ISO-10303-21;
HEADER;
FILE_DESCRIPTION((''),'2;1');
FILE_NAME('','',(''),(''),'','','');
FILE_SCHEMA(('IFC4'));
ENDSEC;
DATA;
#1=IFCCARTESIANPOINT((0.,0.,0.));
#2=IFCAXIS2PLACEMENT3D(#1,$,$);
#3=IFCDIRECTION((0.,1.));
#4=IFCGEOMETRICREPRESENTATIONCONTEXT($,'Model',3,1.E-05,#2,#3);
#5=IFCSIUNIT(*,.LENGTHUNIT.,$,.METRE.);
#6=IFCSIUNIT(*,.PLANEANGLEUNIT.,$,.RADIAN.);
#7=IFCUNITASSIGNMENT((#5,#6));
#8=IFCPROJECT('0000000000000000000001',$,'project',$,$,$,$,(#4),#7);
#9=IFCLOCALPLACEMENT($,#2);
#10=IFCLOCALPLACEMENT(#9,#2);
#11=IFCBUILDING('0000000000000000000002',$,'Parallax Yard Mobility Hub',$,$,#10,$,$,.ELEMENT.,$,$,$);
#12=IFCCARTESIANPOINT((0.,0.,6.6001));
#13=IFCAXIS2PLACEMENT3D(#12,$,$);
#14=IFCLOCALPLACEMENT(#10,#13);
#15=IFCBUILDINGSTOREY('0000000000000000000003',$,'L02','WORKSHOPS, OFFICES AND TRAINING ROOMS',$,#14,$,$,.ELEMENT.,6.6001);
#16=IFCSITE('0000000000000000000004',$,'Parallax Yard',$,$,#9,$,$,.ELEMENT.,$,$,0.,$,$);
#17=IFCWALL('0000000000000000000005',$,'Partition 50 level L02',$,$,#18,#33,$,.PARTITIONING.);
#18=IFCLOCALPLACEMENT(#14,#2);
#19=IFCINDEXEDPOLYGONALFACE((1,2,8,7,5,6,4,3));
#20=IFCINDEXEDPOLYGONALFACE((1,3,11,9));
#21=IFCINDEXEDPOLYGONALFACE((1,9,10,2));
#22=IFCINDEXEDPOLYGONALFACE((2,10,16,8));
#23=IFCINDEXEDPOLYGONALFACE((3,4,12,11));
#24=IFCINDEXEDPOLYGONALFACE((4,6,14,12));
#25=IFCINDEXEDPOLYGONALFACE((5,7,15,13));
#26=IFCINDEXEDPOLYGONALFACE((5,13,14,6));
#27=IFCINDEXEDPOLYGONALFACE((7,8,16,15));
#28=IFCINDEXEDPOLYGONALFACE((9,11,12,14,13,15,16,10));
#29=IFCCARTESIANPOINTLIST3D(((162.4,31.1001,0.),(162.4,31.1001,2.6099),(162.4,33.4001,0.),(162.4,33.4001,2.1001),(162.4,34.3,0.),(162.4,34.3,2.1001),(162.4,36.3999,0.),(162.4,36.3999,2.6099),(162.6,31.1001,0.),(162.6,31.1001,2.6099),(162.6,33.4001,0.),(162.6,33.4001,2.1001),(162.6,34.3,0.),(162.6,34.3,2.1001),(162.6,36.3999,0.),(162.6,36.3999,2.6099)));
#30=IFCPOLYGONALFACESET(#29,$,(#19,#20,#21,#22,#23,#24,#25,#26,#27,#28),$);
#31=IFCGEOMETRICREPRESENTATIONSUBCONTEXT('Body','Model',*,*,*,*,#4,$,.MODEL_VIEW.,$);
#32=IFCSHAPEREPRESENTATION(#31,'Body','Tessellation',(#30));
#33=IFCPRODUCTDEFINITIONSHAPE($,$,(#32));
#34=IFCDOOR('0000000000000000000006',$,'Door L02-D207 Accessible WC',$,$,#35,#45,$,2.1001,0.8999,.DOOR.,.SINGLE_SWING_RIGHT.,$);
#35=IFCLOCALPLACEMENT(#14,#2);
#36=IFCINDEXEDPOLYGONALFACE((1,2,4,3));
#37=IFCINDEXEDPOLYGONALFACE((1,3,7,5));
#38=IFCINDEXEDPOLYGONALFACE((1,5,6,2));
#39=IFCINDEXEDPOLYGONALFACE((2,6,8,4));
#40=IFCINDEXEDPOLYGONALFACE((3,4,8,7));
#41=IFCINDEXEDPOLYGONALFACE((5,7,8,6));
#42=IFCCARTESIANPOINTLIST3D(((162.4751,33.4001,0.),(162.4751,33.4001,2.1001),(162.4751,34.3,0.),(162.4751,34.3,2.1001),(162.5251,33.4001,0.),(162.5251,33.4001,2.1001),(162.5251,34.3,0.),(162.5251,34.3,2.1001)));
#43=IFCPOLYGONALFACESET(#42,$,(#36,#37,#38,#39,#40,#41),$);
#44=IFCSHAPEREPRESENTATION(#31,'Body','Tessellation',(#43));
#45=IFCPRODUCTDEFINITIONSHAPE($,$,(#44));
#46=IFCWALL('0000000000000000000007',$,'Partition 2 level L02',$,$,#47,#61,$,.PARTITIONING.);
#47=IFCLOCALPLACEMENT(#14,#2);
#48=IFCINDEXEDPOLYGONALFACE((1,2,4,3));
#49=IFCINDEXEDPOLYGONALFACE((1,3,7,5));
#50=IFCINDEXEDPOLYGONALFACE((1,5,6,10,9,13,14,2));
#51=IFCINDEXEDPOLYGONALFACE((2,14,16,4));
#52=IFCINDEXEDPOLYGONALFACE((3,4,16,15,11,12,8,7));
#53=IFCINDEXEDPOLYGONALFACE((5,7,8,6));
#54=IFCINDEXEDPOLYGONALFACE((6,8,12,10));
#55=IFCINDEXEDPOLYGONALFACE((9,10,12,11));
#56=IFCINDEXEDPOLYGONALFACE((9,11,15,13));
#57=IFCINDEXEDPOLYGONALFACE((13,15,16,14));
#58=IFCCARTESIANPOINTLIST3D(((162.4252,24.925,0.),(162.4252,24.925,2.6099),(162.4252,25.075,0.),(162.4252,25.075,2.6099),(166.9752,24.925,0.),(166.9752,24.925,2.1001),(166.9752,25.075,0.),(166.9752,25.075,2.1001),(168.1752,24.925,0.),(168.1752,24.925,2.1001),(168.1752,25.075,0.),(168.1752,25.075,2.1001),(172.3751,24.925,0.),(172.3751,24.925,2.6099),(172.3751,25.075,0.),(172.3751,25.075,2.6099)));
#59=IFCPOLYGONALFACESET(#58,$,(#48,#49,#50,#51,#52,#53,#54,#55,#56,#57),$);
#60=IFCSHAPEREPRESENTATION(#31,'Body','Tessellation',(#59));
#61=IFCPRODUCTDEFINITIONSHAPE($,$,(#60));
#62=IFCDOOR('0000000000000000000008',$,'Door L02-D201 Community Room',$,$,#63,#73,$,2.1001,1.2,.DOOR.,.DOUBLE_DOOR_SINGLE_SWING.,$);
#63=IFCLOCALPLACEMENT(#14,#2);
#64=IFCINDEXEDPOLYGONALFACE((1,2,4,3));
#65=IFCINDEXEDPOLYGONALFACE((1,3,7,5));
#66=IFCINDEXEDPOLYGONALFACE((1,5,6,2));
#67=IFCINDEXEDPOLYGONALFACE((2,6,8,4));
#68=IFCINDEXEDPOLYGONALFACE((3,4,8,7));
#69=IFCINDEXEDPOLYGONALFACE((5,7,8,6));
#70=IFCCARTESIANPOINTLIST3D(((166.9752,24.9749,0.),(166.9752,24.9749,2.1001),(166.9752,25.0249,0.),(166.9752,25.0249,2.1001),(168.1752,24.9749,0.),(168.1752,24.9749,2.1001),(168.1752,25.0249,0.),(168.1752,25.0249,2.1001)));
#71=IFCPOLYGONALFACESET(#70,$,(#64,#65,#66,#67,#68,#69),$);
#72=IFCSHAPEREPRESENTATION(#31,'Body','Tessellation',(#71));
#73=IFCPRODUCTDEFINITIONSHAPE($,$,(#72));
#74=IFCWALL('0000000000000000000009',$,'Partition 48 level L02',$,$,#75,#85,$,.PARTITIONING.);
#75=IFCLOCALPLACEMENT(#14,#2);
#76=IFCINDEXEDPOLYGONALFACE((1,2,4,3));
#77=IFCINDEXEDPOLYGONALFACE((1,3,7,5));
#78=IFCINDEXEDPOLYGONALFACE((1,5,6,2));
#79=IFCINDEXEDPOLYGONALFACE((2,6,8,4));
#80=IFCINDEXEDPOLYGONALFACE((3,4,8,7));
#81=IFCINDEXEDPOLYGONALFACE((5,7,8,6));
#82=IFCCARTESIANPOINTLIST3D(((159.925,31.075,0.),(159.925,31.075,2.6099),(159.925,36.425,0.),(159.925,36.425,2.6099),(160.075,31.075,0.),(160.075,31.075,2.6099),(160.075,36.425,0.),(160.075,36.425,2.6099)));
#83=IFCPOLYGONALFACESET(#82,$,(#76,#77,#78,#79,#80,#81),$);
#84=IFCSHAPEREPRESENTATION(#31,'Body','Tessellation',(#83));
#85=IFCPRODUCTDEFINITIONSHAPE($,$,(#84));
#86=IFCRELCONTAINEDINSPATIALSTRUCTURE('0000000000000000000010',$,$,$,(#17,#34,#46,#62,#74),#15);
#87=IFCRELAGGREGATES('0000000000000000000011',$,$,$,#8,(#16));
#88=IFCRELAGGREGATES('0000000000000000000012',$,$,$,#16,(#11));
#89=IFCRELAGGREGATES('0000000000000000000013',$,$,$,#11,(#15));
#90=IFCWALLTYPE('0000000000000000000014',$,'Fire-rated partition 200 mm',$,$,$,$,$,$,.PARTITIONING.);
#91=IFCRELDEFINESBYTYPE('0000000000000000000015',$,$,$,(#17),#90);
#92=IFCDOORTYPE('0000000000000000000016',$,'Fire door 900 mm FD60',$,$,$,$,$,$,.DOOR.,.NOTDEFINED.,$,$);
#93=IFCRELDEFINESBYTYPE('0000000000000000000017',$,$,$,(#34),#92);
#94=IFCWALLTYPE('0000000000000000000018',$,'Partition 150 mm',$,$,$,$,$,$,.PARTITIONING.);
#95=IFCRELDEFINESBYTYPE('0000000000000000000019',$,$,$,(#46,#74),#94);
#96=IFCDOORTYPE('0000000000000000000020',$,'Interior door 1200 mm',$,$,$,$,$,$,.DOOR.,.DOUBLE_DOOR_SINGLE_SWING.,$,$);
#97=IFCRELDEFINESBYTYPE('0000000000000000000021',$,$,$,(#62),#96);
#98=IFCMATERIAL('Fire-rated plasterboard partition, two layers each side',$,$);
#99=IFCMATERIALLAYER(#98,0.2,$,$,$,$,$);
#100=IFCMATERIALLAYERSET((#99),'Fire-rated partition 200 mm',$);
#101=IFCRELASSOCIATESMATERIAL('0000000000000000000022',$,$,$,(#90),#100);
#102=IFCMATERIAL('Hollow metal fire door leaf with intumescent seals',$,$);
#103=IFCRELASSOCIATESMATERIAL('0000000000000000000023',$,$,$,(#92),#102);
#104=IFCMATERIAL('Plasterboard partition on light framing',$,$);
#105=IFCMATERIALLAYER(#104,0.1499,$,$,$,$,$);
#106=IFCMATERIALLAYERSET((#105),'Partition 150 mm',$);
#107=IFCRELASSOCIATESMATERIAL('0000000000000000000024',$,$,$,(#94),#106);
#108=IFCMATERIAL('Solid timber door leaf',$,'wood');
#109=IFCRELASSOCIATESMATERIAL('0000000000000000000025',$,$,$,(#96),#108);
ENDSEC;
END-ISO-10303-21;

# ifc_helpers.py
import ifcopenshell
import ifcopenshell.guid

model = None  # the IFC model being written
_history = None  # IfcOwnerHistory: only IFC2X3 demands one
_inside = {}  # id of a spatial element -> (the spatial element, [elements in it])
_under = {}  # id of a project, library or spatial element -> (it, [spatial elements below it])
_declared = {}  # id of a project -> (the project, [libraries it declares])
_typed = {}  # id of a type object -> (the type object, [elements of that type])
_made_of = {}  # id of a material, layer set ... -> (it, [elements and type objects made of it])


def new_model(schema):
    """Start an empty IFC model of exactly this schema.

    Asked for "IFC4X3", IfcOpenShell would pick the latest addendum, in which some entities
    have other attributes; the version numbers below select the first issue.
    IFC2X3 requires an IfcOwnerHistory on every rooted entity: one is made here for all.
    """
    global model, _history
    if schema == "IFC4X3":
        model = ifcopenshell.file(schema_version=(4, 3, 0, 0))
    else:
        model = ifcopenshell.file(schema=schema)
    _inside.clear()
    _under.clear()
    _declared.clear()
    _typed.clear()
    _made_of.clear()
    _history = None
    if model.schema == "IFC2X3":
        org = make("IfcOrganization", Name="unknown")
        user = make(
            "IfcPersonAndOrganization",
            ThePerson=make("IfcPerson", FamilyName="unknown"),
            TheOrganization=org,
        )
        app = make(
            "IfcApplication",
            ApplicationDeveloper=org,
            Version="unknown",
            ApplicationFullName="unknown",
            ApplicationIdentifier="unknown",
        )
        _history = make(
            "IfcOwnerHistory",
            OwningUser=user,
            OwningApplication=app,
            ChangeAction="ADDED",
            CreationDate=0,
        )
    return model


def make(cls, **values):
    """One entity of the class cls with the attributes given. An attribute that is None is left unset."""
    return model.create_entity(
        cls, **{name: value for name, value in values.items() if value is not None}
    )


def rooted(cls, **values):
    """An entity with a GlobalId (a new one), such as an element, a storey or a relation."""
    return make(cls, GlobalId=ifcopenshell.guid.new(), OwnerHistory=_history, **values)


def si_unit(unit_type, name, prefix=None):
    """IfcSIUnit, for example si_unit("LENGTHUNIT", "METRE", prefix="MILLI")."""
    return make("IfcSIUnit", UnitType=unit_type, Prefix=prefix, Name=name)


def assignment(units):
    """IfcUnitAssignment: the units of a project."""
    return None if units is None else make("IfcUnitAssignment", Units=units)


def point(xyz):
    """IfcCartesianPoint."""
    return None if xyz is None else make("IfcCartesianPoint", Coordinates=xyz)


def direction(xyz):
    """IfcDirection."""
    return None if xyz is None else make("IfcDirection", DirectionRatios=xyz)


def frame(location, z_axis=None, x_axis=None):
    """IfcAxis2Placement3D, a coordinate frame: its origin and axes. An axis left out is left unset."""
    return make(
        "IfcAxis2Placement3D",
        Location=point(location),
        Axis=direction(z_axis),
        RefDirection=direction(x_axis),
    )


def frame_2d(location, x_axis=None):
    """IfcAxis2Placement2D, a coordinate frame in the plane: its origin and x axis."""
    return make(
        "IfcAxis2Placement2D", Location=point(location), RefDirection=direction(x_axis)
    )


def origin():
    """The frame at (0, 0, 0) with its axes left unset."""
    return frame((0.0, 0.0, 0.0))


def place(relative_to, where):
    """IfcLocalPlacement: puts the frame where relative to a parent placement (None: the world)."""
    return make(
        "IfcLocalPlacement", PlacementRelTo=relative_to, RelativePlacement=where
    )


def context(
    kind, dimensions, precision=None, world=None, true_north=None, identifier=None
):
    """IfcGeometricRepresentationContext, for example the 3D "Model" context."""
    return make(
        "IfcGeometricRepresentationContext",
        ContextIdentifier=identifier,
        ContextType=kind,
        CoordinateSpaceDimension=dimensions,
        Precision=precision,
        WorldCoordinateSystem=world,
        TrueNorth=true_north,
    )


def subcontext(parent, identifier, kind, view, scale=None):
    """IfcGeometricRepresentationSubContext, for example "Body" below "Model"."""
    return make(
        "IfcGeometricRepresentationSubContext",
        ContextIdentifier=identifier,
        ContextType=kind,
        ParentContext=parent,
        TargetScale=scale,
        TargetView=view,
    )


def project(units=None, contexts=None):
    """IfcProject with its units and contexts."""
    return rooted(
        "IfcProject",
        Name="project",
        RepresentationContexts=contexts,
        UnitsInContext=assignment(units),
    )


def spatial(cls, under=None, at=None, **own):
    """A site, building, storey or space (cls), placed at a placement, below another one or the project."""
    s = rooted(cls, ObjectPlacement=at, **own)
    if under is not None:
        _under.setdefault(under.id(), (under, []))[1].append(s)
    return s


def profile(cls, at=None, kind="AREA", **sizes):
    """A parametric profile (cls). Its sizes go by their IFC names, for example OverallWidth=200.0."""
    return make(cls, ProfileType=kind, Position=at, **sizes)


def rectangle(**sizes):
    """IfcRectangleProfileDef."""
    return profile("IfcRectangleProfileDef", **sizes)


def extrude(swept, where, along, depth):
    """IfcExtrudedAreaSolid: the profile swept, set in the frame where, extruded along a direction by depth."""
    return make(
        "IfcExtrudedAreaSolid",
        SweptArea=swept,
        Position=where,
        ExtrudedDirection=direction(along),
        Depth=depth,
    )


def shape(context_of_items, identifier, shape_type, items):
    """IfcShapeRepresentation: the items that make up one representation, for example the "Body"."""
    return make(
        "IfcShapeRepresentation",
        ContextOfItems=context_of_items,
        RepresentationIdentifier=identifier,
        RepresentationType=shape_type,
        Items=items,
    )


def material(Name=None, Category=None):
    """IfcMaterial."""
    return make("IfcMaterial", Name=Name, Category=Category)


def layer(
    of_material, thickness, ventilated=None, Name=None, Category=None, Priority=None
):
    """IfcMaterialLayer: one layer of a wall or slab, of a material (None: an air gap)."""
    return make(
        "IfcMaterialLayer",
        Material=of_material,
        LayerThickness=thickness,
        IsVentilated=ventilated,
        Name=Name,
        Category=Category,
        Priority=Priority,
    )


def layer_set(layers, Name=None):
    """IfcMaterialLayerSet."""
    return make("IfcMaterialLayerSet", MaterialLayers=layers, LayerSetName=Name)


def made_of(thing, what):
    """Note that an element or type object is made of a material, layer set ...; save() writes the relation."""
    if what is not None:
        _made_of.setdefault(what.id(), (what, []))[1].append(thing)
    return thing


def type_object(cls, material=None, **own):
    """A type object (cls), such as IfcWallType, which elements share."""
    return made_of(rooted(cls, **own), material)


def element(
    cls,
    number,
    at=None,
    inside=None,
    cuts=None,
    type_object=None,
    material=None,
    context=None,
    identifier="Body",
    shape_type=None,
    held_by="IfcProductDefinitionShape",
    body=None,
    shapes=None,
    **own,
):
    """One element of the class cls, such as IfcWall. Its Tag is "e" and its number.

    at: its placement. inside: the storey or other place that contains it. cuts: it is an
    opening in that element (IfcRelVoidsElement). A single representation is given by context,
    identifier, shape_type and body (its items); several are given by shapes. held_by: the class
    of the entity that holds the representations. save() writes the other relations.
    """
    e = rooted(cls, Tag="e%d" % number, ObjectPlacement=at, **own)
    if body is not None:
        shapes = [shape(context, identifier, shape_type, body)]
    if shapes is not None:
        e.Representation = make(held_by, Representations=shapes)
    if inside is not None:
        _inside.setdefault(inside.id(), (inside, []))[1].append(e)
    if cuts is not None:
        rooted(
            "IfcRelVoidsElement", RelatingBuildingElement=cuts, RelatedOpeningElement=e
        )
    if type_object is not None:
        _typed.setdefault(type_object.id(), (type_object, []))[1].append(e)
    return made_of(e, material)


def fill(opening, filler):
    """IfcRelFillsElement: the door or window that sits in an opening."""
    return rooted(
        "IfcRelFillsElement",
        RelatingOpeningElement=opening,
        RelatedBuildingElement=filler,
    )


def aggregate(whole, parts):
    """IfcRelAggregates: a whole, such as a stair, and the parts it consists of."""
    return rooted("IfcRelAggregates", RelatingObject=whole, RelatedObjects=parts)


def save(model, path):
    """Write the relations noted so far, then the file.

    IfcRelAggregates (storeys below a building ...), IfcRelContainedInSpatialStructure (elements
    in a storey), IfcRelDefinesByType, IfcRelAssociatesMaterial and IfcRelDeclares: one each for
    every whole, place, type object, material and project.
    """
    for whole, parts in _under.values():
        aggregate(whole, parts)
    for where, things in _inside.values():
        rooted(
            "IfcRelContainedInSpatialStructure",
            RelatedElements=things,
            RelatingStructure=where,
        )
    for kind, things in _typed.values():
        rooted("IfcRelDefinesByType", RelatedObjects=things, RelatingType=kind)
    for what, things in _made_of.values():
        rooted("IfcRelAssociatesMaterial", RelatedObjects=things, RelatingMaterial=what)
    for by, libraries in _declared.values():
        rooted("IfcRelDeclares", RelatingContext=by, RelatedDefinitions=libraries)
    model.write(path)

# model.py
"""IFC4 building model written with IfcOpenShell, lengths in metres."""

from ifc_helpers import new_model, si_unit, direction, frame, frame_2d, origin, place, context, subcontext, project, spatial, rectangle, extrude, material, layer, layer_set, type_object, element, fill, save


model = new_model("IFC4")

# Units and contexts
model_context = context("Model", 3, precision=1e-05, world=origin(), true_north=direction((0.0, 1.0)))
body_context = subcontext(model_context, "Body", "Model", "MODEL_VIEW")
ifc_project = project(units=[si_unit("LENGTHUNIT", "METRE"), si_unit("PLANEANGLEUNIT", "RADIAN")], contexts=[model_context])

# Site, building, storey
site_placement = place(None, origin())
site = spatial("IfcSite", under=ifc_project, at=site_placement, Name="Parallax Yard", CompositionType="ELEMENT", RefElevation=0.0)
building_placement = place(site_placement, origin())
building = spatial("IfcBuilding", under=site, at=building_placement, Name="Parallax Yard Mobility Hub", CompositionType="ELEMENT")
storey_placement = place(building_placement, frame((0.0, 0.0, 6.6001)))
storey = spatial("IfcBuildingStorey", under=building, at=storey_placement, Name="L02", Description="WORKSHOPS, OFFICES AND TRAINING ROOMS", CompositionType="ELEMENT", Elevation=6.6001)

# Walls, openings, doors
ifc_material_1 = material(Name="Fire-rated plasterboard partition, two layers each side")
ifc_layer_1 = layer(ifc_material_1, 0.2)
ifc_layer_set_1 = layer_set([ifc_layer_1], Name="Fire-rated partition 200 mm")
wall_type_1 = type_object("IfcWallType", Name="Fire-rated partition 200 mm", PredefinedType="PARTITIONING", material=ifc_layer_set_1)
ifc_material_2 = material(Name="Hollow metal fire door leaf with intumescent seals")
door_type_1 = type_object("IfcDoorType", Name="Fire door 900 mm FD60", OperationType="NOTDEFINED", PredefinedType="DOOR", material=ifc_material_2)
wall_1_placement = place(storey_placement, frame((162.5, 31.1001, 0.0), z_axis=(0.0, 0.0, 1.0), x_axis=(0.0, 1.0, 0.0)))
wall_1 = element("IfcWall", 1, at=wall_1_placement, inside=storey, type_object=wall_type_1, Name="Partition 50 level L02", PredefinedType="PARTITIONING", context=body_context, shape_type="SweptSolid", body=[
    extrude(rectangle(XDim=5.2998, YDim=0.2, at=frame_2d((2.6499, 0.0))), origin(), (0.0, 0.0, 1.0), 2.6099),
])
opening_1_placement = place(wall_1_placement, frame((2.3, 0.0, 0.0)))
opening_1 = element("IfcOpeningElement", 2, at=opening_1_placement, cuts=wall_1, PredefinedType="OPENING", context=body_context, shape_type="SweptSolid", body=[
    extrude(rectangle(XDim=0.8999, YDim=2.1001, at=frame_2d((0.45, 1.05))), frame((0.0, 0.1099, 0.0), z_axis=(0.0, -1.0, 0.0), x_axis=(1.0, 0.0, 0.0)), (0.0, 0.0, 1.0), 0.22),
])
door_1_placement = place(opening_1_placement, origin())
door_1 = element("IfcDoor", 3, at=door_1_placement, inside=storey, type_object=door_type_1, Name="Door L02-D207 Accessible WC", OperationType="SINGLE_SWING_RIGHT", OverallHeight=2.1001, OverallWidth=0.8999, PredefinedType="DOOR", context=body_context, shape_type="SweptSolid", body=[
    extrude(rectangle(XDim=0.8999, YDim=2.1001, at=frame_2d((0.45, 1.05))), frame((0.0, 0.0249, 0.0), z_axis=(0.0, -1.0, 0.0), x_axis=(1.0, 0.0, 0.0)), (0.0, 0.0, 1.0), 0.05),
])
fill(opening_1, door_1)
ifc_material_3 = material(Name="Plasterboard partition on light framing")
ifc_layer_2 = layer(ifc_material_3, 0.1499)
ifc_layer_set_2 = layer_set([ifc_layer_2], Name="Partition 150 mm")
wall_type_2 = type_object("IfcWallType", Name="Partition 150 mm", PredefinedType="PARTITIONING", material=ifc_layer_set_2)
wall_2_placement = place(storey_placement, frame((162.425, 25.0, 0.0), z_axis=(0.0, 0.0, 1.0), x_axis=(1.0, 0.0, 0.0)))
wall_2 = element("IfcWall", 4, at=wall_2_placement, inside=storey, type_object=wall_type_2, Name="Partition 2 level L02", PredefinedType="PARTITIONING", context=body_context, shape_type="SweptSolid", body=[
    extrude(rectangle(XDim=9.95, YDim=0.1499, at=frame_2d((4.9751, 0.0))), origin(), (0.0, 0.0, 1.0), 2.6099),
])
opening_2_placement = place(wall_2_placement, frame((4.55, 0.0, 0.0)))
opening_2 = element("IfcOpeningElement", 5, at=opening_2_placement, cuts=wall_2, PredefinedType="OPENING", context=body_context, shape_type="SweptSolid", body=[
    extrude(rectangle(XDim=1.2, YDim=2.1001, at=frame_2d((0.6001, 1.05))), frame((0.0, 0.085, 0.0), z_axis=(0.0, -1.0, 0.0), x_axis=(1.0, 0.0, 0.0)), (0.0, 0.0, 1.0), 0.1699),
])
ifc_material_4 = material(Name="Solid timber door leaf", Category="wood")
door_type_2 = type_object("IfcDoorType", Name="Interior door 1200 mm", OperationType="DOUBLE_DOOR_SINGLE_SWING", PredefinedType="DOOR", material=ifc_material_4)
door_2_placement = place(opening_2_placement, origin())
door_2 = element("IfcDoor", 6, at=door_2_placement, inside=storey, type_object=door_type_2, Name="Door L02-D201 Community Room", OperationType="DOUBLE_DOOR_SINGLE_SWING", OverallHeight=2.1001, OverallWidth=1.2, PredefinedType="DOOR", context=body_context, shape_type="SweptSolid", body=[
    extrude(rectangle(XDim=1.2, YDim=2.1001, at=frame_2d((0.6001, 1.05))), frame((0.0, 0.0249, 0.0), z_axis=(0.0, -1.0, 0.0), x_axis=(1.0, 0.0, 0.0)), (0.0, 0.0, 1.0), 0.05),
])
fill(opening_2, door_2)

# Wall
wall_3_placement = place(storey_placement, frame((160.0, 31.075, 0.0), z_axis=(0.0, 0.0, 1.0), x_axis=(0.0, 1.0, 0.0)))
element("IfcWall", 7, at=wall_3_placement, inside=storey, type_object=wall_type_2, Name="Partition 48 level L02", PredefinedType="PARTITIONING", context=body_context, shape_type="SweptSolid", body=[
    extrude(rectangle(XDim=5.3501, YDim=0.1499, at=frame_2d((2.675, 0.0))), origin(), (0.0, 0.0, 1.0), 2.6099),
])

save(model, "model.ifc")
